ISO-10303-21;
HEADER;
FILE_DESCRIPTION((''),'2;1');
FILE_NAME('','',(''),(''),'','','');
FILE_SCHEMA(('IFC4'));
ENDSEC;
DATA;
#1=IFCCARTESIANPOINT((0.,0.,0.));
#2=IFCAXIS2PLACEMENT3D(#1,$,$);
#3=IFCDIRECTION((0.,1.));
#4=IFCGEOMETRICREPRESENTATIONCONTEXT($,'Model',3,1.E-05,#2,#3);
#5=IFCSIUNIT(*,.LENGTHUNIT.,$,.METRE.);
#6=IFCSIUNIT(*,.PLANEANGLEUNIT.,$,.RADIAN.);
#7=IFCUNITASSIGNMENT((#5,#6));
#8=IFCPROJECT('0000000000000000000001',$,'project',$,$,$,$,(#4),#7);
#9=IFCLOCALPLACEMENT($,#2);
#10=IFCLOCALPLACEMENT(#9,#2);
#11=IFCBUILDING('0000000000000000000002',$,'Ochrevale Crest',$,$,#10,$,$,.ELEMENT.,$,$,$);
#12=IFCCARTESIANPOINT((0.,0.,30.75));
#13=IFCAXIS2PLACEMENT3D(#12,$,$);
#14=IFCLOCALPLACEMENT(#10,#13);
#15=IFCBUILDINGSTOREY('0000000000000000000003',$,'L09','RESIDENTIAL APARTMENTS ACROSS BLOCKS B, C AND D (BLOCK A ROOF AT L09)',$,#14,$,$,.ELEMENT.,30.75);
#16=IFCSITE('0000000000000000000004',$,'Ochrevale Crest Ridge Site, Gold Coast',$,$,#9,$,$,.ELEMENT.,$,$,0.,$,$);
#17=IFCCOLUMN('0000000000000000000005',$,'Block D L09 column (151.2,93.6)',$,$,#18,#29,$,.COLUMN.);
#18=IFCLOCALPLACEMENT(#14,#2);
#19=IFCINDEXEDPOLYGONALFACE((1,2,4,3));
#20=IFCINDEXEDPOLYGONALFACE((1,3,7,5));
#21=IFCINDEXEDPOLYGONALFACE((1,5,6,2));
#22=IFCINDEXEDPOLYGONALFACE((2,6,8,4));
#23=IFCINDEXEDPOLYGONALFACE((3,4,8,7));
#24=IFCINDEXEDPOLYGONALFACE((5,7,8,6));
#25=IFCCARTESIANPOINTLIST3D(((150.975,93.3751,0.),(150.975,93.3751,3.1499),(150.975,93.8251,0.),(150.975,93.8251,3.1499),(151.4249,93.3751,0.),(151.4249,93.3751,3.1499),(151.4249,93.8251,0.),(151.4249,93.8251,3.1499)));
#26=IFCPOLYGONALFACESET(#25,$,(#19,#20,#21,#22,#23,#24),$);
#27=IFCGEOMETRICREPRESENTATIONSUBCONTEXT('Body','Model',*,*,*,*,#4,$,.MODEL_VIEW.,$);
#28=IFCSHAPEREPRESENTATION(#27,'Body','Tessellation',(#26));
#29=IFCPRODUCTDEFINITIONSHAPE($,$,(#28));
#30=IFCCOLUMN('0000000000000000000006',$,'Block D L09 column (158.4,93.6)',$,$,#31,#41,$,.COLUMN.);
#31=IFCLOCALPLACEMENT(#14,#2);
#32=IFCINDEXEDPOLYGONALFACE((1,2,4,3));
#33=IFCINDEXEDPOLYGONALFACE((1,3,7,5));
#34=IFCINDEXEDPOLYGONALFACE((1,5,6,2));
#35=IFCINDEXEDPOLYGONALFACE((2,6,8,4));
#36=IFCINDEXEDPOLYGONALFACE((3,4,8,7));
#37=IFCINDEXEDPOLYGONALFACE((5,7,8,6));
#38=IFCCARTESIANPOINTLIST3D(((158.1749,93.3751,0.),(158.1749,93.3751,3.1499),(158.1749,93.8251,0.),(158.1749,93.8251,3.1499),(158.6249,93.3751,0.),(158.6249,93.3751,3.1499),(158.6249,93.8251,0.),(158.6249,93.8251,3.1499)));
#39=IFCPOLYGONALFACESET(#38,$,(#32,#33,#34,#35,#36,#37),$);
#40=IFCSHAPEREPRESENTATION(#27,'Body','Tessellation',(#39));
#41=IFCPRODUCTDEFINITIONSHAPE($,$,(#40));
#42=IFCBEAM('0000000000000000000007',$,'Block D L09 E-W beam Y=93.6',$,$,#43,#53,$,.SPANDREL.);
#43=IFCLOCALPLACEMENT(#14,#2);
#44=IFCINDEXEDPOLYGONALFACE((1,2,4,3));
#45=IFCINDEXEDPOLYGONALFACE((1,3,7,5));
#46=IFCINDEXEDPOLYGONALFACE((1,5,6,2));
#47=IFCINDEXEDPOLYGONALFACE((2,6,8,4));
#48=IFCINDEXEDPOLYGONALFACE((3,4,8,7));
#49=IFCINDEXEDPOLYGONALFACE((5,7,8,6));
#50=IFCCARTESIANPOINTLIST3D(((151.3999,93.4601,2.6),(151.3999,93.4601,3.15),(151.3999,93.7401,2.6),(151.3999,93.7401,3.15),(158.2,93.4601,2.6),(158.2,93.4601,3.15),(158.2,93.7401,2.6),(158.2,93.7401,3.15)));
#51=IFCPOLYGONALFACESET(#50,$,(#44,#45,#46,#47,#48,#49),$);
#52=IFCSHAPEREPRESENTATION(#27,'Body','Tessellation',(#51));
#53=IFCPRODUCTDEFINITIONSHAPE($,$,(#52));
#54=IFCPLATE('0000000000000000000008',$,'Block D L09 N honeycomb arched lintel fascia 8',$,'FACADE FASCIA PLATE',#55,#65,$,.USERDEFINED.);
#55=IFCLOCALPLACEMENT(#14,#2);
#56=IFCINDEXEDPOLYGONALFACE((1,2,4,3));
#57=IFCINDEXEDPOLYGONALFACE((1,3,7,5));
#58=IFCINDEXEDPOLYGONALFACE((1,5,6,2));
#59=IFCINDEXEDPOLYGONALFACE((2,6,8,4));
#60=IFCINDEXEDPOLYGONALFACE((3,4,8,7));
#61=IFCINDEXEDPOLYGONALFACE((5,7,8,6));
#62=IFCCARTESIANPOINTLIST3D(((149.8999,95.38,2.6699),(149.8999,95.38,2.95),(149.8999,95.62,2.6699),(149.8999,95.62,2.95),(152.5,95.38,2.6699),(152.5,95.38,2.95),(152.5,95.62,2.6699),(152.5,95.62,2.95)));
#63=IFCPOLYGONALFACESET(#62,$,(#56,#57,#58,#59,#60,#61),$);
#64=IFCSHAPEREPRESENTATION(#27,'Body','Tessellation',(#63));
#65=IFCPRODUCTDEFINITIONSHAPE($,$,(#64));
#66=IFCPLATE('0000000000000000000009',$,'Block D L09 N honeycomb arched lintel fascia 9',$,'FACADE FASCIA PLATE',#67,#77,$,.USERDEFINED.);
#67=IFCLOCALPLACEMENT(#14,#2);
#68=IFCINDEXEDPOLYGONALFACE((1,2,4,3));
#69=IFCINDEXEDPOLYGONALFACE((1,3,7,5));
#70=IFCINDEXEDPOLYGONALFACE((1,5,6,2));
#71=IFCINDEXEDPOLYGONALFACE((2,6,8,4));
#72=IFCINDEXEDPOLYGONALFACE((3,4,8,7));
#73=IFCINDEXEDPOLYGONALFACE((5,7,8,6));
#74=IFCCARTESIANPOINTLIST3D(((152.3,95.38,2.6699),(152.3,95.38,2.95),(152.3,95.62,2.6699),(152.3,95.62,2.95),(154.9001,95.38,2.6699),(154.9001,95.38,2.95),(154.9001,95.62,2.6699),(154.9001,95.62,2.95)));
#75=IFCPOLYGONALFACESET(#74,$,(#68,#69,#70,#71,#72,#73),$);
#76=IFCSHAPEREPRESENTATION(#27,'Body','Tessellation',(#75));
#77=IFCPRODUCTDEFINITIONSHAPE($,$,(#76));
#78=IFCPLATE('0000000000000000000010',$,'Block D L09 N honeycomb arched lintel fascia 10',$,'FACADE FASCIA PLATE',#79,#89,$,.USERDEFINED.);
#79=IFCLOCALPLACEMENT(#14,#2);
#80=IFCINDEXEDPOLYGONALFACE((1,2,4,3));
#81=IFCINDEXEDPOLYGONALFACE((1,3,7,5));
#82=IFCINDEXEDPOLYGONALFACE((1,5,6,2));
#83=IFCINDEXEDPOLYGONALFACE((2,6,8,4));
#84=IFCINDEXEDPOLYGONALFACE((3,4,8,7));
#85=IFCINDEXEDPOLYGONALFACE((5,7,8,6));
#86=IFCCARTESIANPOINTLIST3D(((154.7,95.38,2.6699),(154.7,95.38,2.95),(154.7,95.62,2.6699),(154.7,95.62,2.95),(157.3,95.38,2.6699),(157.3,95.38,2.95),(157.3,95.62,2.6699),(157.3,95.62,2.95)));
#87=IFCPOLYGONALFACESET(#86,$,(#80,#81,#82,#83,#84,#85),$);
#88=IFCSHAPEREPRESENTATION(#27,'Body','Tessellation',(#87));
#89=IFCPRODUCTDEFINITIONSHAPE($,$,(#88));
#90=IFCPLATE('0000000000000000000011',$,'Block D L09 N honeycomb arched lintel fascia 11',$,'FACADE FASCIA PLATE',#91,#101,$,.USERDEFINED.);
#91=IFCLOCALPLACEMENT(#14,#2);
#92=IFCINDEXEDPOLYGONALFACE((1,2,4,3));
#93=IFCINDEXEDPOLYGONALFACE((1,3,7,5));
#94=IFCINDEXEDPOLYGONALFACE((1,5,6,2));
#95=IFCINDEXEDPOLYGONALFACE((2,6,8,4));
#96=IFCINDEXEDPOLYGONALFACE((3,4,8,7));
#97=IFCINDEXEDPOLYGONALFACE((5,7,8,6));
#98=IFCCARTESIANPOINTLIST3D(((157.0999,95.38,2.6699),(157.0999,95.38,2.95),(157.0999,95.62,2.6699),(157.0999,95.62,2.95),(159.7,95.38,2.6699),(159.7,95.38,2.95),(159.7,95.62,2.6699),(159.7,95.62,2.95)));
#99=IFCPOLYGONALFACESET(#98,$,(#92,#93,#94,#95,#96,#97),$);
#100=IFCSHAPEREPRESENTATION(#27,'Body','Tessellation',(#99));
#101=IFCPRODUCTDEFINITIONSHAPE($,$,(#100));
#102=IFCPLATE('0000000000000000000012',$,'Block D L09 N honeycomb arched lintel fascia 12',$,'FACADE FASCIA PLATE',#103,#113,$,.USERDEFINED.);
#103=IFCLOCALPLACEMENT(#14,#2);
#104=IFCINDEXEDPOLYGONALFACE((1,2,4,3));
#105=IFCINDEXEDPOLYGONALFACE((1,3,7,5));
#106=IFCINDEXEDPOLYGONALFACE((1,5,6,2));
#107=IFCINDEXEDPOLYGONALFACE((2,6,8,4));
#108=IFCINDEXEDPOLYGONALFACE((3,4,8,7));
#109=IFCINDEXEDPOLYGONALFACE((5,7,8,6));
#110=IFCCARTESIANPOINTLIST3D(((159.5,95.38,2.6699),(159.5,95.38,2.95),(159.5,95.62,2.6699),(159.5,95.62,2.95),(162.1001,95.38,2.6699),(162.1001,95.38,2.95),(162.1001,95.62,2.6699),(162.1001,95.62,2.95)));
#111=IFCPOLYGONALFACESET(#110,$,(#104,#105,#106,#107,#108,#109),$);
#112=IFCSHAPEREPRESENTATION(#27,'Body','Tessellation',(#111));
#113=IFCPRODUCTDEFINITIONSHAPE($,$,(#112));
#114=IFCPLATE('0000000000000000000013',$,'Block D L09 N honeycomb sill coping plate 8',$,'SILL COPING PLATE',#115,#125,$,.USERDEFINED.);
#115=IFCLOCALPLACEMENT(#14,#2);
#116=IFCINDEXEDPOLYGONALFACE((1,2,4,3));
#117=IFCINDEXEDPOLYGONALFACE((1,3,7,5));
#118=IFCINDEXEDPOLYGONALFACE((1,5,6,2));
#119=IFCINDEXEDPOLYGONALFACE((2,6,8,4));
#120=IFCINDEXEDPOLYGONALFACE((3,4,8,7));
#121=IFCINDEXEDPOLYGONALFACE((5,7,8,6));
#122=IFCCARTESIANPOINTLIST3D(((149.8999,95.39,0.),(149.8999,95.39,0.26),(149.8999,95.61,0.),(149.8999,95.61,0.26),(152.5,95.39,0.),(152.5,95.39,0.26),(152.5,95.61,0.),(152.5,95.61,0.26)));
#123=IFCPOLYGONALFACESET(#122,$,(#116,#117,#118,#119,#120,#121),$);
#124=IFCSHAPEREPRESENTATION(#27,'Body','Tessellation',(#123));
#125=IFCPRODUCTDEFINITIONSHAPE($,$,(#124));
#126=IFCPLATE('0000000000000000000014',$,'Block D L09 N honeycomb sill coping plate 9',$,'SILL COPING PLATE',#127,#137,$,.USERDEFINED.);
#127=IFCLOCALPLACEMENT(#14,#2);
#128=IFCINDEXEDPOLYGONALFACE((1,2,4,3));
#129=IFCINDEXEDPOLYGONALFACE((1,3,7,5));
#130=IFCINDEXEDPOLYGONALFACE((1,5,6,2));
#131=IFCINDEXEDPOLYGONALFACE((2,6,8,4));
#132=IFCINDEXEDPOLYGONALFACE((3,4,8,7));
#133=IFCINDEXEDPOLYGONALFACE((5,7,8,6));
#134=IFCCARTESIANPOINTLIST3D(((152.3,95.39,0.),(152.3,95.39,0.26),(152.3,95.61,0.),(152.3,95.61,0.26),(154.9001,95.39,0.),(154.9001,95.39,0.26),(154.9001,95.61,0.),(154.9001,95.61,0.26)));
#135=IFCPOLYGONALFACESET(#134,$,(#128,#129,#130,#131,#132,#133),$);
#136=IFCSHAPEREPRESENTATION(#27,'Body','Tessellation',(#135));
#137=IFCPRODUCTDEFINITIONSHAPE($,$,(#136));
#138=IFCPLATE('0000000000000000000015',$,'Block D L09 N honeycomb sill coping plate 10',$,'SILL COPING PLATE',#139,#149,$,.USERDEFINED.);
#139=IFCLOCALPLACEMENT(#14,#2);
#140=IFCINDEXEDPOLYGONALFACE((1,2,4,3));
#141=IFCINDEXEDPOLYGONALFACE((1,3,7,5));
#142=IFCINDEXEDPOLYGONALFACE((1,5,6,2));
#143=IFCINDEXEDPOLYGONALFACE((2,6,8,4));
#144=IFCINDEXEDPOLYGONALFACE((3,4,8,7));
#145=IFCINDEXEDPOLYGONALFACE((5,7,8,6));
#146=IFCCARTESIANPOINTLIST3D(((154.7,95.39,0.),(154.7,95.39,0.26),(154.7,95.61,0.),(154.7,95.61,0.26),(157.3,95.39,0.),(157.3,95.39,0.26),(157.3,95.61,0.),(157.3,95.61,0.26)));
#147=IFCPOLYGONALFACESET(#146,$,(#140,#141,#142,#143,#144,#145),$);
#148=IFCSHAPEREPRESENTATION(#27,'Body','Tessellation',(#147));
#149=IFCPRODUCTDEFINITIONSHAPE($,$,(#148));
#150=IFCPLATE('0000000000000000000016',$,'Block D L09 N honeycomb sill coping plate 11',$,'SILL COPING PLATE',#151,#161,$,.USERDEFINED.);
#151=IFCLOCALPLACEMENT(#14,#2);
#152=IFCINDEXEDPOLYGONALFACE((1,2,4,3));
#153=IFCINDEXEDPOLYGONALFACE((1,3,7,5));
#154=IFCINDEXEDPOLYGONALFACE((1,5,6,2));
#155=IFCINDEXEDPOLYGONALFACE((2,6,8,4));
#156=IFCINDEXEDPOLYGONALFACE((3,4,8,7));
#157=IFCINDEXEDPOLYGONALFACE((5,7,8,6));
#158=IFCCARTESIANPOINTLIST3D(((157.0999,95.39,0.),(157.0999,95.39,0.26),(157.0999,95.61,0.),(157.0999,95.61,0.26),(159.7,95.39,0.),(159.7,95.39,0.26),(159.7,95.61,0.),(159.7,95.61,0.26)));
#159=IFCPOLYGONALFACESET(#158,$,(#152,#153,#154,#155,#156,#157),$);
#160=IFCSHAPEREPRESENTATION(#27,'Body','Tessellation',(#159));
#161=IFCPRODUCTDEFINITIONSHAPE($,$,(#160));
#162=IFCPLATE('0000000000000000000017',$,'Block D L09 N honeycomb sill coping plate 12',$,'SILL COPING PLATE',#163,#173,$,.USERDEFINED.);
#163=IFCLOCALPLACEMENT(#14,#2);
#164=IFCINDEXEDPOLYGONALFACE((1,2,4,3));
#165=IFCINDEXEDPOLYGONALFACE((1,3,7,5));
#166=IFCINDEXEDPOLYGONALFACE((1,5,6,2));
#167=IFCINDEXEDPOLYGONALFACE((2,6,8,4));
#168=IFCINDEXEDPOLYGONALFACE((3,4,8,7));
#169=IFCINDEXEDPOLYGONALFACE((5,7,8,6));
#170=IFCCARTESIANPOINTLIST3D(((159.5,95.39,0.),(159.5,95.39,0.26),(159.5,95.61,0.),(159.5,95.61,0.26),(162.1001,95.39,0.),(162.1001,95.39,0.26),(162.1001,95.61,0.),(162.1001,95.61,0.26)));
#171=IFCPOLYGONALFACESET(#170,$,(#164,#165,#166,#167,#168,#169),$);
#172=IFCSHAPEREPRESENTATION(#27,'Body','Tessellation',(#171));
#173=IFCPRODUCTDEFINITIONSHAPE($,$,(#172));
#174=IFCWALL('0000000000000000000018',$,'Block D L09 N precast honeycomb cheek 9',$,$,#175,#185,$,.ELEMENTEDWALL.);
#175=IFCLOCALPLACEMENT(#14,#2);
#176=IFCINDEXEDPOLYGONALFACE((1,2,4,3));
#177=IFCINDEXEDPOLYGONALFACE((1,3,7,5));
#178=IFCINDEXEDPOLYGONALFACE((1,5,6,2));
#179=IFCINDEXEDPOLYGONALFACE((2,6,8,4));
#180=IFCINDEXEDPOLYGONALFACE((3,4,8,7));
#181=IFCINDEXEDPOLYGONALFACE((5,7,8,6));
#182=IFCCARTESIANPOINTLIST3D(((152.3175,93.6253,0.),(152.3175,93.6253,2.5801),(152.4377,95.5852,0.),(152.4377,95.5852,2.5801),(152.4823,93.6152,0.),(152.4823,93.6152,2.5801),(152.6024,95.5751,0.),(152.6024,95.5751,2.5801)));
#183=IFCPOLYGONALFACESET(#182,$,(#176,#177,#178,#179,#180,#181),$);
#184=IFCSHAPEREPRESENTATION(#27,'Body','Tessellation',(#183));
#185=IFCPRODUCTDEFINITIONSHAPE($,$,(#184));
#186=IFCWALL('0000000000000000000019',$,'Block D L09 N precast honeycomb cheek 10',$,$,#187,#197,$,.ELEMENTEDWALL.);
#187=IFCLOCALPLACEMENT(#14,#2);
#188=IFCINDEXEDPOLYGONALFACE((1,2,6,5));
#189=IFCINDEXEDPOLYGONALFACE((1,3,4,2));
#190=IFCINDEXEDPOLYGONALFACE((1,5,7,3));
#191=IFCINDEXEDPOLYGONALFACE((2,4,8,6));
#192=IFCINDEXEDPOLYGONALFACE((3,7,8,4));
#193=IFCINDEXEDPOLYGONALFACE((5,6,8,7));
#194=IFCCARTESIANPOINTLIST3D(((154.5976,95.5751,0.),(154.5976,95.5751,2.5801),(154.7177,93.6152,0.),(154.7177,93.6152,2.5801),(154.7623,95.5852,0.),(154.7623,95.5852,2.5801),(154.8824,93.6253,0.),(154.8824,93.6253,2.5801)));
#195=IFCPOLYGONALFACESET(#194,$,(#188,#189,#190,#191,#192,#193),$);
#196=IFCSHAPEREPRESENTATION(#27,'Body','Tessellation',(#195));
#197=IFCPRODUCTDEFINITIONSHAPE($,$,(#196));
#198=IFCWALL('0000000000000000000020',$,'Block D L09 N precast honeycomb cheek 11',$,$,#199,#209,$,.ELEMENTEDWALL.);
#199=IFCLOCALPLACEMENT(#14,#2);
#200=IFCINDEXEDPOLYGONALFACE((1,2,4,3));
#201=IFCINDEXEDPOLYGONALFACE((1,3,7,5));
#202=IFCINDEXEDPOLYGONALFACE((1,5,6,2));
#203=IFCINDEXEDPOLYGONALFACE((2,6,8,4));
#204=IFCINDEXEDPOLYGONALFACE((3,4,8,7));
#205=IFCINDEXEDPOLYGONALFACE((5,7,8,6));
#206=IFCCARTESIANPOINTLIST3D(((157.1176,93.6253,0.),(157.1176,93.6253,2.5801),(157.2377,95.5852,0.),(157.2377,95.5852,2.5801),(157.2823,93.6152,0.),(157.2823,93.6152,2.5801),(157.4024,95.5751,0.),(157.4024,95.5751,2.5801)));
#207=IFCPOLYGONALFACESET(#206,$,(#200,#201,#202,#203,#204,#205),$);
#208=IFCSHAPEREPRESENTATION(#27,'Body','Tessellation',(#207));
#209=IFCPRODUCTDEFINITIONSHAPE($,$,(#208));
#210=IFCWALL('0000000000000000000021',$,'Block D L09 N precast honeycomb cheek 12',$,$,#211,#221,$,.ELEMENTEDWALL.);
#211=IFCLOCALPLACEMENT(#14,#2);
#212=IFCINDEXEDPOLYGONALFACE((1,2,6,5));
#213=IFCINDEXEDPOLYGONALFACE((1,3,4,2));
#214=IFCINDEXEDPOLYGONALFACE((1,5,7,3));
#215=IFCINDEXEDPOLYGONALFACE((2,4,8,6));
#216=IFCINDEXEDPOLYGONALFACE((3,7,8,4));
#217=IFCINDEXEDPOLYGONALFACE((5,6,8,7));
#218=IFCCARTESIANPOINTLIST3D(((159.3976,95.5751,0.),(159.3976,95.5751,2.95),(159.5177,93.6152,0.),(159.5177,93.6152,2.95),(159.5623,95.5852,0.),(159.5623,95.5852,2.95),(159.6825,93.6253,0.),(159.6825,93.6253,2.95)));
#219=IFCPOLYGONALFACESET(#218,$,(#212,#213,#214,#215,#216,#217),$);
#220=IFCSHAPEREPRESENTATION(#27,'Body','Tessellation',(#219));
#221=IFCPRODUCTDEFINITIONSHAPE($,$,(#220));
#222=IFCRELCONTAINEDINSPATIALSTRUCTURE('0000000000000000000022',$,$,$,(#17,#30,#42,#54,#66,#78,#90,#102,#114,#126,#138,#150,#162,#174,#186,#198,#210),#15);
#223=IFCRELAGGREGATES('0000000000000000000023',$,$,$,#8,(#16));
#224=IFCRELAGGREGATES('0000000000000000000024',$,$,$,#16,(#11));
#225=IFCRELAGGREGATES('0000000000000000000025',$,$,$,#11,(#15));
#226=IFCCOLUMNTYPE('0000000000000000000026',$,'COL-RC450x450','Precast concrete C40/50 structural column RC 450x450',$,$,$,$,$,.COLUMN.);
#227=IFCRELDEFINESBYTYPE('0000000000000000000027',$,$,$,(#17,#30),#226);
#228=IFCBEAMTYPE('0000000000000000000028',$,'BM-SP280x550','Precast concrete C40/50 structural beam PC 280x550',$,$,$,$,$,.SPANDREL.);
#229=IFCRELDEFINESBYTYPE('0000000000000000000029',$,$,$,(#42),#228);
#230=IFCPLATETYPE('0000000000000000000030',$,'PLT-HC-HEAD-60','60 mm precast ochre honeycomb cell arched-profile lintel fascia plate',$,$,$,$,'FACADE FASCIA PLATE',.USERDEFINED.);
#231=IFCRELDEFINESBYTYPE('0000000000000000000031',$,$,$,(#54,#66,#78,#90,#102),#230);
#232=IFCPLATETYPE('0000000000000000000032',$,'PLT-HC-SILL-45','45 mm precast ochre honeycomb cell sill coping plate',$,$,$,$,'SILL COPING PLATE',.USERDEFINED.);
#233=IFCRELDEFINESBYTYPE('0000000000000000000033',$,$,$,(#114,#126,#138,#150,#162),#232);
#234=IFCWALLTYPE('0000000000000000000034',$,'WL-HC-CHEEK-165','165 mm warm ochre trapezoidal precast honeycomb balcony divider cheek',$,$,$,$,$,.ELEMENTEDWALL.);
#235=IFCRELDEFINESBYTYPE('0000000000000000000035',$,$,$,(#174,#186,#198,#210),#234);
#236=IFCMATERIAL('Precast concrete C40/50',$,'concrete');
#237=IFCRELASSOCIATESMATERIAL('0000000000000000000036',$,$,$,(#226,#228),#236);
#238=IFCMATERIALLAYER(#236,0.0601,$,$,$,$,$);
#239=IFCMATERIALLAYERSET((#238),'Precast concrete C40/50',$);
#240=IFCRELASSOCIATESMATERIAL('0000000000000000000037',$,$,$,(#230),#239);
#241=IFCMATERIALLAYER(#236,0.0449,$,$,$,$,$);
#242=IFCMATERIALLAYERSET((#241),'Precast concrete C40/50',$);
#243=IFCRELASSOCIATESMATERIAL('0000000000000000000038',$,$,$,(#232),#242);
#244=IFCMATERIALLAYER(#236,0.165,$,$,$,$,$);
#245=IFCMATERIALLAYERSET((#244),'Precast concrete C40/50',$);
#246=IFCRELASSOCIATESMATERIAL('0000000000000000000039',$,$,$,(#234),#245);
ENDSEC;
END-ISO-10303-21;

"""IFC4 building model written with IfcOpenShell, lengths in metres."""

from ifc_helpers import new_model, si_unit, direction, frame, frame_2d, origin, origin_2d, place, context, subcontext, project, spatial, rectangle, extrude, material, layer, layer_set, material_profile, profile_set, type_object, element, save


model = new_model("IFC4")

# Units and contexts
model_context = context("Model", 3, precision=1e-05, world=origin(), true_north=direction((0.0, 1.0)))
body_context = subcontext(model_context, "Body", "Model", "MODEL_VIEW")
ifc_project = project(units=[si_unit("LENGTHUNIT", "METRE"), si_unit("PLANEANGLEUNIT", "RADIAN")], contexts=[model_context])

# Site, building, storey
site_placement = place(None, origin())
site = spatial("IfcSite", under=ifc_project, at=site_placement, Name="Ochrevale Crest Ridge Site, Gold Coast", CompositionType="ELEMENT", RefElevation=0.0)
building_placement = place(site_placement, origin())
building = spatial("IfcBuilding", under=site, at=building_placement, Name="Ochrevale Crest", CompositionType="ELEMENT")
storey_placement = place(building_placement, frame((0.0, 0.0, 30.75)))
storey = spatial("IfcBuildingStorey", under=building, at=storey_placement, Name="L09", Description="RESIDENTIAL APARTMENTS ACROSS BLOCKS B, C AND D (BLOCK A ROOF AT L09)", CompositionType="ELEMENT", Elevation=30.75)

# Columns
ifc_material = material(Name="Precast concrete C40/50", Category="concrete")
ifc_material_profile_1 = material_profile(ifc_material, rectangle(XDim=0.45, YDim=0.45, at=origin_2d()), Name="RC 450x450")
ifc_profile_set_1 = profile_set([ifc_material_profile_1], Name="Precast concrete C40/50")
column_type = type_object("IfcColumnType", Name="COL-RC450x450", Description="Precast concrete C40/50 structural column RC 450x450", PredefinedType="COLUMN", material=ifc_profile_set_1)
for number, where, z_axis, x_axis, name in (
    (1, (151.2, 93.6001, 0.0), (0.0, 0.0, 1.0), (1.0, 0.0, 0.0), "Block D L09 column (151.2,93.6)"),
    (2, (158.3999, 93.6001, 0.0), (0.0, 0.0, 1.0), (1.0, 0.0, 0.0), "Block D L09 column (158.4,93.6)"),
):
    element("IfcColumn", number, at=place(storey_placement, frame(where, z_axis=z_axis, x_axis=x_axis)), inside=storey, type_object=column_type, Name=name, PredefinedType="COLUMN", context=body_context, shape_type="SweptSolid", body=[
        extrude(rectangle(XDim=0.45, YDim=0.45, at=origin_2d()), origin(), (0.0, 0.0, 1.0), 3.1499),
    ])

# Beam
ifc_material_profile_2 = material_profile(ifc_material, rectangle(XDim=0.28, YDim=0.55, at=origin_2d()), Name="PC 280x550")
ifc_profile_set_2 = profile_set([ifc_material_profile_2], Name="Precast concrete C40/50")
beam_type = type_object("IfcBeamType", Name="BM-SP280x550", Description="Precast concrete C40/50 structural beam PC 280x550", PredefinedType="SPANDREL", material=ifc_profile_set_2)
beam_placement = place(storey_placement, frame((151.3999, 93.6001, 2.875), z_axis=(1.0, 0.0, 0.0), x_axis=(0.0, 1.0, 0.0)))
element("IfcBeam", 3, at=beam_placement, inside=storey, type_object=beam_type, Name="Block D L09 E-W beam Y=93.6", PredefinedType="SPANDREL", context=body_context, shape_type="SweptSolid", body=[
    extrude(rectangle(XDim=0.28, YDim=0.55, at=origin_2d()), origin(), (0.0, 0.0, 1.0), 6.8),
])

# Plates
ifc_layer_1 = layer(ifc_material, 0.0601)
ifc_layer_set_1 = layer_set([ifc_layer_1], Name="Precast concrete C40/50")
plate_type_1 = type_object("IfcPlateType", Name="PLT-HC-HEAD-60", Description="60 mm precast ochre honeycomb cell arched-profile lintel fascia plate", ElementType="FACADE FASCIA PLATE", PredefinedType="USERDEFINED", material=ifc_layer_set_1)
for number, where, z_axis, x_axis, name in (
    (4, (151.2, 95.5, 2.6699), (0.0, 0.0, 1.0), (1.0, 0.0, 0.0), "Block D L09 N honeycomb arched lintel fascia 8"),
    (5, (153.6001, 95.5, 2.6699), (0.0, 0.0, 1.0), (1.0, 0.0, 0.0), "Block D L09 N honeycomb arched lintel fascia 9"),
    (6, (156.0, 95.5, 2.6699), (0.0, 0.0, 1.0), (1.0, 0.0, 0.0), "Block D L09 N honeycomb arched lintel fascia 10"),
    (7, (158.3999, 95.5, 2.6699), (0.0, 0.0, 1.0), (1.0, 0.0, 0.0), "Block D L09 N honeycomb arched lintel fascia 11"),
    (8, (160.8, 95.5, 2.6699), (0.0, 0.0, 1.0), (1.0, 0.0, 0.0), "Block D L09 N honeycomb arched lintel fascia 12"),
):
    element("IfcPlate", number, at=place(storey_placement, frame(where, z_axis=z_axis, x_axis=x_axis)), inside=storey, type_object=plate_type_1, Name=name, ObjectType="FACADE FASCIA PLATE", PredefinedType="USERDEFINED", context=body_context, shape_type="SweptSolid", body=[
        extrude(rectangle(XDim=2.6001, YDim=0.24, at=origin_2d()), origin(), (0.0, 0.0, 1.0), 0.28),
    ])
ifc_layer_2 = layer(ifc_material, 0.0449)
ifc_layer_set_2 = layer_set([ifc_layer_2], Name="Precast concrete C40/50")
plate_type_2 = type_object("IfcPlateType", Name="PLT-HC-SILL-45", Description="45 mm precast ochre honeycomb cell sill coping plate", ElementType="SILL COPING PLATE", PredefinedType="USERDEFINED", material=ifc_layer_set_2)
for number, where, z_axis, x_axis, name in (
    (9, (151.2, 95.5, 0.0), (0.0, 0.0, 1.0), (1.0, 0.0, 0.0), "Block D L09 N honeycomb sill coping plate 8"),
    (10, (153.6001, 95.5, 0.0), (0.0, 0.0, 1.0), (1.0, 0.0, 0.0), "Block D L09 N honeycomb sill coping plate 9"),
    (11, (156.0, 95.5, 0.0), (0.0, 0.0, 1.0), (1.0, 0.0, 0.0), "Block D L09 N honeycomb sill coping plate 10"),
    (12, (158.3999, 95.5, 0.0), (0.0, 0.0, 1.0), (1.0, 0.0, 0.0), "Block D L09 N honeycomb sill coping plate 11"),
    (13, (160.8, 95.5, 0.0), (0.0, 0.0, 1.0), (1.0, 0.0, 0.0), "Block D L09 N honeycomb sill coping plate 12"),
):
    element("IfcPlate", number, at=place(storey_placement, frame(where, z_axis=z_axis, x_axis=x_axis)), inside=storey, type_object=plate_type_2, Name=name, ObjectType="SILL COPING PLATE", PredefinedType="USERDEFINED", context=body_context, shape_type="SweptSolid", body=[
        extrude(rectangle(XDim=2.6001, YDim=0.22, at=origin_2d()), origin(), (0.0, 0.0, 1.0), 0.26),
    ])

# Walls
ifc_layer_3 = layer(ifc_material, 0.165)
ifc_layer_set_3 = layer_set([ifc_layer_3], Name="Precast concrete C40/50")
wall_type = type_object("IfcWallType", Name="WL-HC-CHEEK-165", Description="165 mm warm ochre trapezoidal precast honeycomb balcony divider cheek", PredefinedType="ELEMENTEDWALL", material=ifc_layer_set_3)
for number, where, z_axis, x_axis, name in (
    (14, (152.3999, 93.6201, 0.0), (0.0, 0.0, 1.0), (0.061171, 0.998127, 0.0), "Block D L09 N precast honeycomb cheek 9"),
    (15, (154.8, 93.6201, 0.0), (0.0, 0.0, 1.0), (-0.061171, 0.998127, 0.0), "Block D L09 N precast honeycomb cheek 10"),
    (16, (157.2, 93.6201, 0.0), (0.0, 0.0, 1.0), (0.061171, 0.998127, 0.0), "Block D L09 N precast honeycomb cheek 11"),
):
    element("IfcWall", number, at=place(storey_placement, frame(where, z_axis=z_axis, x_axis=x_axis)), inside=storey, type_object=wall_type, Name=name, PredefinedType="ELEMENTEDWALL", context=body_context, shape_type="SweptSolid", body=[
        extrude(rectangle(XDim=1.9636, YDim=0.165, at=frame_2d((0.9819, 0.0))), origin(), (0.0, 0.0, 1.0), 2.5801),
    ])
wall_placement = place(storey_placement, frame((159.6001, 93.6201, 0.0), z_axis=(0.0, 0.0, 1.0), x_axis=(-0.061171, 0.998127, 0.0)))
element("IfcWall", 17, at=wall_placement, inside=storey, type_object=wall_type, Name="Block D L09 N precast honeycomb cheek 12", PredefinedType="ELEMENTEDWALL", context=body_context, shape_type="SweptSolid", body=[
    extrude(rectangle(XDim=1.9636, YDim=0.165, at=frame_2d((0.9819, 0.0))), origin(), (0.0, 0.0, 1.0), 2.95),
])

save(model, "model.ifc")
